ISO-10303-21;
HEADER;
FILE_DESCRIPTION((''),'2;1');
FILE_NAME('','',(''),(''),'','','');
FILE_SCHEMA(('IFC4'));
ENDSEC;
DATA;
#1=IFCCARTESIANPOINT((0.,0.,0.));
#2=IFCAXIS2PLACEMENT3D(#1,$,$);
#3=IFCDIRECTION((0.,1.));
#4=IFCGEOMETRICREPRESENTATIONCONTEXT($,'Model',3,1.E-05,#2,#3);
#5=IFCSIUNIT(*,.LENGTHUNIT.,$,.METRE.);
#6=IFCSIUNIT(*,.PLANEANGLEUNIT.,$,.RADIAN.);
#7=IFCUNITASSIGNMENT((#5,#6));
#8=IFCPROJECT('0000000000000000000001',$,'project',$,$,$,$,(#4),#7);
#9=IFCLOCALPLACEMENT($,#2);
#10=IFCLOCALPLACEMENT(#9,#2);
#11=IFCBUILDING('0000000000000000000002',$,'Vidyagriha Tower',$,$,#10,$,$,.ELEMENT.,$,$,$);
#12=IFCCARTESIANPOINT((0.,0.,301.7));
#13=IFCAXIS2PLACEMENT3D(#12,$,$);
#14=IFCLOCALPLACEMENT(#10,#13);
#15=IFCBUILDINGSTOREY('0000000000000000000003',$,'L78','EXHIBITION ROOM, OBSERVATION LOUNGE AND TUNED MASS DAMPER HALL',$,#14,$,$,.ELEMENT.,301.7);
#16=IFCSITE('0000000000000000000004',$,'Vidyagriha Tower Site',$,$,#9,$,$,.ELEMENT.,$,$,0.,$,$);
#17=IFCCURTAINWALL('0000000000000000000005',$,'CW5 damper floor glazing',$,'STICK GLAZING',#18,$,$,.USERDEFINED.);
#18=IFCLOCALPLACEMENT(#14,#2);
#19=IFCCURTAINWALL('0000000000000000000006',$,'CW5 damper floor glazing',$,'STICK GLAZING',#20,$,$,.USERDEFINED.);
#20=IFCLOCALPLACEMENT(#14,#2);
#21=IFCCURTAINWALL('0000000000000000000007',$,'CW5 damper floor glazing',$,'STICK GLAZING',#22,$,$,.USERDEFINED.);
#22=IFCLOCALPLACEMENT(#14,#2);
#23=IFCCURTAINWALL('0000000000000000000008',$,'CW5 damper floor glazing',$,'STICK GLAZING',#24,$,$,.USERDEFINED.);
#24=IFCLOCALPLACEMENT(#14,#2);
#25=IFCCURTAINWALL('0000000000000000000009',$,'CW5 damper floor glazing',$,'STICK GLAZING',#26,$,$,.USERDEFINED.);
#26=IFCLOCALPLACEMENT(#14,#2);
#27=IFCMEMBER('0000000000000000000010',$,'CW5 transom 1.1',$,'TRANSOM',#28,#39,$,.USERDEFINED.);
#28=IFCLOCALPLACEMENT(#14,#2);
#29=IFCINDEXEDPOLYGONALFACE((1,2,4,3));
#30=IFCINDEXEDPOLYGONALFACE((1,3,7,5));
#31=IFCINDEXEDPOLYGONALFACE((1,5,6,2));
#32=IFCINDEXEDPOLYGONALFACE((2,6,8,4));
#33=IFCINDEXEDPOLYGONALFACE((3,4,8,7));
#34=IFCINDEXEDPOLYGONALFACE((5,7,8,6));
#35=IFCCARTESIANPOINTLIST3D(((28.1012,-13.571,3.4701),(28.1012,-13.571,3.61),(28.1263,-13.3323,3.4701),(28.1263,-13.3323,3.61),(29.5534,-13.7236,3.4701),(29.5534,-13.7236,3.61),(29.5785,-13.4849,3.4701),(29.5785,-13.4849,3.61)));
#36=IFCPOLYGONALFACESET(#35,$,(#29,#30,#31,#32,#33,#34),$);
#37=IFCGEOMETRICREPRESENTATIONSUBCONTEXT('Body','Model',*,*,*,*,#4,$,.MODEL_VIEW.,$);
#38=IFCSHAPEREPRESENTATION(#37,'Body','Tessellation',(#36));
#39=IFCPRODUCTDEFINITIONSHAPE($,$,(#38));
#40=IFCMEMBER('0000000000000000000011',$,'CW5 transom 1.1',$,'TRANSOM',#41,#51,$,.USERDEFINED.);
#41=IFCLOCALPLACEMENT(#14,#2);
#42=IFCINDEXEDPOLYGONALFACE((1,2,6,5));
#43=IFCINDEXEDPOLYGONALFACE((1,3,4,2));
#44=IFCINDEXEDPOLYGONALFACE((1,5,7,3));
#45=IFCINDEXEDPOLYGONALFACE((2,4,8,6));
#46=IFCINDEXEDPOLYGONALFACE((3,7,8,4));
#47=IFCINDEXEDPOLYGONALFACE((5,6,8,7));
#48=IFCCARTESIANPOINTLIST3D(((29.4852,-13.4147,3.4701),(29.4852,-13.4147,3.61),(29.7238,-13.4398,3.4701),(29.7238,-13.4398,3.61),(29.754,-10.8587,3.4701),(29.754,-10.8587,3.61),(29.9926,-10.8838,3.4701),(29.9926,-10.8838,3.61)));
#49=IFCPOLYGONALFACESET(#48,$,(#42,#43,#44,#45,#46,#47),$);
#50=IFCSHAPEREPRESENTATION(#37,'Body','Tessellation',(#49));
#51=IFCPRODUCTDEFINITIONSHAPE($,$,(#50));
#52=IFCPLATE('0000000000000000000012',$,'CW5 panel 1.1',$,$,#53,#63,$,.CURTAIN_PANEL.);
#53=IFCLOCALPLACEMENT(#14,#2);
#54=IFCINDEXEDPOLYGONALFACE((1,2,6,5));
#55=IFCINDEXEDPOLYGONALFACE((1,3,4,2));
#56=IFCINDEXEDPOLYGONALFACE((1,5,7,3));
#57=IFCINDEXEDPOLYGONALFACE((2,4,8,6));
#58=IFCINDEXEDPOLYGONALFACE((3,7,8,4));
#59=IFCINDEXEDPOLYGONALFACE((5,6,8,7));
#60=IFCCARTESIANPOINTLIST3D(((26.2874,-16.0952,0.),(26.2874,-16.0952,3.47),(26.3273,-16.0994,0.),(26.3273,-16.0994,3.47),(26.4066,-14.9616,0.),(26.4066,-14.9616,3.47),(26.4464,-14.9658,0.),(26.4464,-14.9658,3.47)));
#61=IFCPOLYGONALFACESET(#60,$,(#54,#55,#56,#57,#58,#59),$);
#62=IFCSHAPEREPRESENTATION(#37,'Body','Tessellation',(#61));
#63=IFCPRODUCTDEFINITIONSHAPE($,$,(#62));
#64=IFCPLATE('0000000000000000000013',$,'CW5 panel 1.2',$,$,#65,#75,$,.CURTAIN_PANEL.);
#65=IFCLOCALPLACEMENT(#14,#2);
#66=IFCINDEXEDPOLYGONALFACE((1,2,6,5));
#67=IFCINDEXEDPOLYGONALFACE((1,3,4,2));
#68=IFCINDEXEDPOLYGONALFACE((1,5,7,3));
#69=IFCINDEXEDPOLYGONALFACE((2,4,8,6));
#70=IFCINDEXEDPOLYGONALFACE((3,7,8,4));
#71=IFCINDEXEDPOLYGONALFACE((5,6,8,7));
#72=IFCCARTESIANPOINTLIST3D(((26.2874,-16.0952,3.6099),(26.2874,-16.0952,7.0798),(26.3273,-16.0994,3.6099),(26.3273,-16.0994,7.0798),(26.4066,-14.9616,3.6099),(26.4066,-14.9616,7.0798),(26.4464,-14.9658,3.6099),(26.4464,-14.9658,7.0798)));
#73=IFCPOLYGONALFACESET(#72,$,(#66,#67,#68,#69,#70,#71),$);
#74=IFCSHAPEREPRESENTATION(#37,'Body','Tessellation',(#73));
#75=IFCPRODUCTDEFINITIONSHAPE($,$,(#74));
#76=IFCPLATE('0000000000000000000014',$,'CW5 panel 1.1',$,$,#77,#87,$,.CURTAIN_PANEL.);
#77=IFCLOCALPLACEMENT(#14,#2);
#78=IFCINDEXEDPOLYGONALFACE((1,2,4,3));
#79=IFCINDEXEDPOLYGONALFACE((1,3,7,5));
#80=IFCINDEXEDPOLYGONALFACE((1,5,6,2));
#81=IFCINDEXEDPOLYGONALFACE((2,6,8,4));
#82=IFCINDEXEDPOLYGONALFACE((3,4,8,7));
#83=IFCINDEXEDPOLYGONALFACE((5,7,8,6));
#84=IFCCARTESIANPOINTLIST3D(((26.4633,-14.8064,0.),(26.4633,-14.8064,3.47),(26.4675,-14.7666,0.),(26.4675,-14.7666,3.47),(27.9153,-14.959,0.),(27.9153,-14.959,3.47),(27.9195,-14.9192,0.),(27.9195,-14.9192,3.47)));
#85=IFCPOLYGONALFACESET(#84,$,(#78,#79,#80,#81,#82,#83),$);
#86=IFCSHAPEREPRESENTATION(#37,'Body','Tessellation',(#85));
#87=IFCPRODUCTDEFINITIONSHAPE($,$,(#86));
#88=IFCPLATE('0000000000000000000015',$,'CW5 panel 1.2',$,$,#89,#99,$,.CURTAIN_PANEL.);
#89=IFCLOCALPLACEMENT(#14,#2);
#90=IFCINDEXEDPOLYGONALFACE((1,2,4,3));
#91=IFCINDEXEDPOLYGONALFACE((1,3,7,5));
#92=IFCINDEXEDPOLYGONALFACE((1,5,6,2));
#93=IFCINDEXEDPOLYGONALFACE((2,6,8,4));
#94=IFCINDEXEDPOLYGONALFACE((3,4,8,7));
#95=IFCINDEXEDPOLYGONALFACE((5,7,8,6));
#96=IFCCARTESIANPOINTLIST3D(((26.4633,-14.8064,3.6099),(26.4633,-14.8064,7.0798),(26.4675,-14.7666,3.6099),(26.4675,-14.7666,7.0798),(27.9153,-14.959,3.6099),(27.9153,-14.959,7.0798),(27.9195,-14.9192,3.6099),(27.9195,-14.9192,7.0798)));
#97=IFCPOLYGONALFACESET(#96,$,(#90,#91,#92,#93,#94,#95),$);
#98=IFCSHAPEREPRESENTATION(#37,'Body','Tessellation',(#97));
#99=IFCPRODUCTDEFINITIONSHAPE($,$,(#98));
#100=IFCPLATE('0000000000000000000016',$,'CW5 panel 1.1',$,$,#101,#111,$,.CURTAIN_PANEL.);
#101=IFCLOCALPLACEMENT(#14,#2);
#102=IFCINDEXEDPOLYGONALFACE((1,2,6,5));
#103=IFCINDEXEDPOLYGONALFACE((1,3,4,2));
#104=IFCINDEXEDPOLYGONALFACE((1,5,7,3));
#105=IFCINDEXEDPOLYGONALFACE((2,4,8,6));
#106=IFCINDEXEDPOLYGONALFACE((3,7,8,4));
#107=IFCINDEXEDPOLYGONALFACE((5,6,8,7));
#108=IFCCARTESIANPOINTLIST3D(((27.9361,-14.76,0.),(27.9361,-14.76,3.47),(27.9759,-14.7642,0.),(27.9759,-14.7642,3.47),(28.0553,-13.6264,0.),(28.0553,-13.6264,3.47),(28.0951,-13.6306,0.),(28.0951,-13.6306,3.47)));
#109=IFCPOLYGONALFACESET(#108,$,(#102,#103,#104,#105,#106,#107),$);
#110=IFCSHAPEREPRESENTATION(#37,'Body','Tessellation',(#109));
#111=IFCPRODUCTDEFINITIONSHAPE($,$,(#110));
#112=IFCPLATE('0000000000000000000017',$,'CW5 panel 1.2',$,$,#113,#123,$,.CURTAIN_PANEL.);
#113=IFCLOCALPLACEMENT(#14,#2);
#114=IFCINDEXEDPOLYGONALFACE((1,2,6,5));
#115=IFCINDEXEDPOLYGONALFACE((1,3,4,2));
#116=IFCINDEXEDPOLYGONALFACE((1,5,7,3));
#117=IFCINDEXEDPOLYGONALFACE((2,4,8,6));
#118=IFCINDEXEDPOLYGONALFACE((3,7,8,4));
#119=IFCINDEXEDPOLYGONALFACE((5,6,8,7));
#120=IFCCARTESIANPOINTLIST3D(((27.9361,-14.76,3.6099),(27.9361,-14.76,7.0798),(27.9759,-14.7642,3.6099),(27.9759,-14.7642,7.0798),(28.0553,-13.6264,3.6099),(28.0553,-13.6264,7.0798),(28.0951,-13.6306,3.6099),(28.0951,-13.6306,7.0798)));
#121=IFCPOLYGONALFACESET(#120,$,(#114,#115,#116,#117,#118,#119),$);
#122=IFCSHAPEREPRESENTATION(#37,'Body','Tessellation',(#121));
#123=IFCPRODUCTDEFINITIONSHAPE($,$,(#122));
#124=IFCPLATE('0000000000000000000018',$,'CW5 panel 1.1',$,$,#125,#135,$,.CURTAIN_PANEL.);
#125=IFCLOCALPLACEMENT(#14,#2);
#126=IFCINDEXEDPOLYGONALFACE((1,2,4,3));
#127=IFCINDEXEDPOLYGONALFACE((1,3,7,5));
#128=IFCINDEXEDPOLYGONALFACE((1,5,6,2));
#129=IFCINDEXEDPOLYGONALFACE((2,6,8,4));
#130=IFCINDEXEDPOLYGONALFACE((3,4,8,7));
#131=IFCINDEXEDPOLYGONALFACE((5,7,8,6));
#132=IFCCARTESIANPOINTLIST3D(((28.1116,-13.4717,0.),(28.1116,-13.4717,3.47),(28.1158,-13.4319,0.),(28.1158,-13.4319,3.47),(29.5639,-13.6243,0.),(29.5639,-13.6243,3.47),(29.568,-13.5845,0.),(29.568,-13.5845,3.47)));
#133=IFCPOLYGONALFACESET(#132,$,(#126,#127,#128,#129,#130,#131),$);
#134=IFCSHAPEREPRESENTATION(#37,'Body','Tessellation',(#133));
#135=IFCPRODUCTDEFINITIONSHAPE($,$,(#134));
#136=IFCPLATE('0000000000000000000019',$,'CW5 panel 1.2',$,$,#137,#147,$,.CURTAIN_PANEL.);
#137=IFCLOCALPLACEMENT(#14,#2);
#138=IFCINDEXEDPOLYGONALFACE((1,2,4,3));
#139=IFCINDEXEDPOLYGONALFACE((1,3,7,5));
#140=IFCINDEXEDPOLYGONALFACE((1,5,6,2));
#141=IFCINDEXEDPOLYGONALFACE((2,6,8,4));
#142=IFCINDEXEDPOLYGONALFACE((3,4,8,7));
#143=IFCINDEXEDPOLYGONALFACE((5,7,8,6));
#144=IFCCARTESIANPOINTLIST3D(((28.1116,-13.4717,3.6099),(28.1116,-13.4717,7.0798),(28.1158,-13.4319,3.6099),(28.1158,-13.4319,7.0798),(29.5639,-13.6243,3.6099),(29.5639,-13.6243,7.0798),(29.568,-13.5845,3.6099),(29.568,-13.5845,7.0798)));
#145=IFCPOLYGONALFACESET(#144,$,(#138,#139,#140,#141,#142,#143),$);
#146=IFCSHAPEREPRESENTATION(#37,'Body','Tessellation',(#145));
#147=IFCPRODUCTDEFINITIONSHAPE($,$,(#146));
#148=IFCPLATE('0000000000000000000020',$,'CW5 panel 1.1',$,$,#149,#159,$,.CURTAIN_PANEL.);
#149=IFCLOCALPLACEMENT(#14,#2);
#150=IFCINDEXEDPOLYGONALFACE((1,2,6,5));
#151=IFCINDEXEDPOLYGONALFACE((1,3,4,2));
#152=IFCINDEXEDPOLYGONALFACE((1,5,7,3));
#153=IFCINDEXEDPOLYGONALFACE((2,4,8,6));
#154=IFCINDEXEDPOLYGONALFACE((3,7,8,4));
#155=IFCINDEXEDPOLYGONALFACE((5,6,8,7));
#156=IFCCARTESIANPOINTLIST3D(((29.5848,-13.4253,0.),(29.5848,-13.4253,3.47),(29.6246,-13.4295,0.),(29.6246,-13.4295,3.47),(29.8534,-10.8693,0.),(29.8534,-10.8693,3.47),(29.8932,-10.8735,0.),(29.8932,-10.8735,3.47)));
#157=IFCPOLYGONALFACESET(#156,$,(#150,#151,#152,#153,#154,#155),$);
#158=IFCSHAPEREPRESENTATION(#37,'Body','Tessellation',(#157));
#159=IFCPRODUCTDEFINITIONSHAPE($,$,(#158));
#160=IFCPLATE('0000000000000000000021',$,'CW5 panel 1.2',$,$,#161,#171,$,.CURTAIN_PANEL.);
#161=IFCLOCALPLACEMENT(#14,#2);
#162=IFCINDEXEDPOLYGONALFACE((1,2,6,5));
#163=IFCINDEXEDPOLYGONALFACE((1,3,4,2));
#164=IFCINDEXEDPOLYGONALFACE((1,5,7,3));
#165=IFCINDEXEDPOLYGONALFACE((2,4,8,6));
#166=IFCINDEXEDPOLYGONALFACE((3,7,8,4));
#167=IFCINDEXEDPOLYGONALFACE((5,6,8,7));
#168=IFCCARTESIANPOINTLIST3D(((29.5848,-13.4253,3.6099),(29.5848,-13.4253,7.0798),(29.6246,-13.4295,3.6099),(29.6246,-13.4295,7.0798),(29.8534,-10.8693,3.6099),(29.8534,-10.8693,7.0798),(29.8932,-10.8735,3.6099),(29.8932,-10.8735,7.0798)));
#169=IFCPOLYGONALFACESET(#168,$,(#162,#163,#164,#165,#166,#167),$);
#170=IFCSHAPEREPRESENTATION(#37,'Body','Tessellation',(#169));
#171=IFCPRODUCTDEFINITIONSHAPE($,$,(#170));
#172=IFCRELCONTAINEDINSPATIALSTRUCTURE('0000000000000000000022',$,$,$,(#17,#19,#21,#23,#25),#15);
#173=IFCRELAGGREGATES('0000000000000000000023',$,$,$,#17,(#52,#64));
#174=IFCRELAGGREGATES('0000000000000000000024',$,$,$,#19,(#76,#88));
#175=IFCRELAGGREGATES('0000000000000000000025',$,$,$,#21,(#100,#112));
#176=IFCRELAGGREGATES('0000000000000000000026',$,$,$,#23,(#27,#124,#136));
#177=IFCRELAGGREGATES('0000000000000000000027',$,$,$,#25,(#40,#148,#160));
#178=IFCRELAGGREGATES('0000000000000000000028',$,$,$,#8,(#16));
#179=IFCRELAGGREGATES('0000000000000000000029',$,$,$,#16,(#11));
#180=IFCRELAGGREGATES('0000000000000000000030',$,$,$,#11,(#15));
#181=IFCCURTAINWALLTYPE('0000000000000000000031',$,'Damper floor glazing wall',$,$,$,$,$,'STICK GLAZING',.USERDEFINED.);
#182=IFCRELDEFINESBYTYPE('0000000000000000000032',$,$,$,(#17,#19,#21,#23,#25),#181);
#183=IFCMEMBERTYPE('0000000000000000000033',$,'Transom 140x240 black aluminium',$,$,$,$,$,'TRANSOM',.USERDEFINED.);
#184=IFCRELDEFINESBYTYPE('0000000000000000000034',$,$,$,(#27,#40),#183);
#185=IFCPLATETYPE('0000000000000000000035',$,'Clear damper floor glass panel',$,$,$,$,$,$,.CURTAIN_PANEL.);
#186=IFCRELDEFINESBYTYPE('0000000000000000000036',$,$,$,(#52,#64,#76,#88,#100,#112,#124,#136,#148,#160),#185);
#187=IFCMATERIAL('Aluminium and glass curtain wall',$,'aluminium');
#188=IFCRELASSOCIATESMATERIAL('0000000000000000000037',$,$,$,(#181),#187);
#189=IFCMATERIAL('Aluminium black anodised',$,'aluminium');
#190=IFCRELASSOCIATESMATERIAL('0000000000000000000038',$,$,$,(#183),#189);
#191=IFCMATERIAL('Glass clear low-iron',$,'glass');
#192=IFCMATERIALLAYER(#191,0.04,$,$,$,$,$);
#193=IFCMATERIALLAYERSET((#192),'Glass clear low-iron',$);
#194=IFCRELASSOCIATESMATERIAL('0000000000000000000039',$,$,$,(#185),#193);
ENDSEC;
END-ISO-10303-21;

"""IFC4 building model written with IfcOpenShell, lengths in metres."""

from ifc_helpers import new_model, si_unit, direction, frame, origin, origin_2d, place, context, subcontext, project, spatial, rectangle, extrude, material, layer, layer_set, material_profile, profile_set, type_object, element, aggregate, save


model = new_model("IFC4")

# Units and contexts
model_context = context("Model", 3, precision=1e-05, world=origin(), true_north=direction((0.0, 1.0)))
body_context = subcontext(model_context, "Body", "Model", "MODEL_VIEW")
ifc_project = project(units=[si_unit("LENGTHUNIT", "METRE"), si_unit("PLANEANGLEUNIT", "RADIAN")], contexts=[model_context])

# Site, building, storey
site_placement = place(None, origin())
site = spatial("IfcSite", under=ifc_project, at=site_placement, Name="Vidyagriha Tower Site", CompositionType="ELEMENT", RefElevation=0.0)
building_placement = place(site_placement, origin())
building = spatial("IfcBuilding", under=site, at=building_placement, Name="Vidyagriha Tower", CompositionType="ELEMENT")
storey_placement = place(building_placement, frame((0.0, 0.0, 301.7)))
storey = spatial("IfcBuildingStorey", under=building, at=storey_placement, Name="L78", Description="EXHIBITION ROOM, OBSERVATION LOUNGE AND TUNED MASS DAMPER HALL", CompositionType="ELEMENT", Elevation=301.7)

# Curtain wall
ifc_material_1 = material(Name="Aluminium and glass curtain wall", Category="aluminium")
curtain_wall_type = type_object("IfcCurtainWallType", Name="Damper floor glazing wall", ElementType="STICK GLAZING", PredefinedType="USERDEFINED", material=ifc_material_1)
curtain_wall_1_placement = place(storey_placement, origin())
curtain_wall_1 = element("IfcCurtainWall", 1, at=curtain_wall_1_placement, inside=storey, type_object=curtain_wall_type, Name="CW5 damper floor glazing", ObjectType="STICK GLAZING", PredefinedType="USERDEFINED")

# Curtain walls
curtain_wall_2_placement = place(storey_placement, origin())
curtain_wall_2 = element("IfcCurtainWall", 2, at=curtain_wall_2_placement, inside=storey, type_object=curtain_wall_type, Name="CW5 damper floor glazing", ObjectType="STICK GLAZING", PredefinedType="USERDEFINED")
curtain_wall_3_placement = place(storey_placement, origin())
curtain_wall_3 = element("IfcCurtainWall", 3, at=curtain_wall_3_placement, inside=storey, type_object=curtain_wall_type, Name="CW5 damper floor glazing", ObjectType="STICK GLAZING", PredefinedType="USERDEFINED")
curtain_wall_4_placement = place(storey_placement, origin())
curtain_wall_4 = element("IfcCurtainWall", 4, at=curtain_wall_4_placement, inside=storey, type_object=curtain_wall_type, Name="CW5 damper floor glazing", ObjectType="STICK GLAZING", PredefinedType="USERDEFINED")

# Curtain wall
curtain_wall_5_placement = place(storey_placement, origin())
curtain_wall_5 = element("IfcCurtainWall", 5, at=curtain_wall_5_placement, inside=storey, type_object=curtain_wall_type, Name="CW5 damper floor glazing", ObjectType="STICK GLAZING", PredefinedType="USERDEFINED")

# Members
ifc_material_2 = material(Name="Aluminium black anodised", Category="aluminium")
ifc_material_profile_1 = material_profile(ifc_material_2, rectangle(XDim=0.24, YDim=0.1399, at=origin_2d()), Name="Transom 140x240 black aluminium")
ifc_profile_set_1 = profile_set([ifc_material_profile_1], Name="Aluminium black anodised")
member_type_1 = type_object("IfcMemberType", Name="Transom 140x240 black aluminium", ElementType="TRANSOM", PredefinedType="USERDEFINED", material=ifc_profile_set_1)
member_1_placement = place(storey_placement, frame((28.1138, -13.4517, 3.54), z_axis=(0.994525, -0.104502, 0.0), x_axis=(0.104502, 0.994525, 0.0)))
member_1 = element("IfcMember", 6, at=member_1_placement, type_object=member_type_1, Name="CW5 transom 1.1", ObjectType="TRANSOM", PredefinedType="USERDEFINED", context=body_context, shape_type="SweptSolid", body=[
    extrude(rectangle(XDim=0.24, YDim=0.1399, at=origin_2d()), origin(), (0.0, 0.0, 1.0), 1.4602),
])
member_2_placement = place(storey_placement, frame((29.6045, -13.4272, 3.54), z_axis=(0.104591, 0.994515, 0.0), x_axis=(-0.994515, 0.104591, 0.0)))
member_2 = element("IfcMember", 7, at=member_2_placement, type_object=member_type_1, Name="CW5 transom 1.1", ObjectType="TRANSOM", PredefinedType="USERDEFINED", context=body_context, shape_type="SweptSolid", body=[
    extrude(rectangle(XDim=0.24, YDim=0.1399, at=origin_2d()), origin(), (0.0, 0.0, 1.0), 2.5701),
])

# Plates
ifc_material_3 = material(Name="Glass clear low-iron", Category="glass")
ifc_layer = layer(ifc_material_3, 0.04)
ifc_layer_set = layer_set([ifc_layer], Name="Glass clear low-iron")
plate_type = type_object("IfcPlateType", Name="Clear damper floor glass panel", PredefinedType="CURTAIN_PANEL", material=ifc_layer_set)
plate_1_placement = place(storey_placement, frame((26.3669, -15.5305, 0.0), z_axis=(0.0, 0.0, 1.0), x_axis=(0.104549, 0.99452, 0.0)))
plate_1 = element("IfcPlate", 8, at=plate_1_placement, type_object=plate_type, Name="CW5 panel 1.1", PredefinedType="CURTAIN_PANEL", context=body_context, shape_type="SweptSolid", body=[
    extrude(rectangle(XDim=1.1399, YDim=0.04, at=origin_2d()), origin(), (0.0, 0.0, 1.0), 3.47),
])
plate_2_placement = place(storey_placement, frame((26.3669, -15.5305, 3.6099), z_axis=(0.0, 0.0, 1.0), x_axis=(0.104549, 0.99452, 0.0)))
plate_2 = element("IfcPlate", 9, at=plate_2_placement, type_object=plate_type, Name="CW5 panel 1.2", PredefinedType="CURTAIN_PANEL", context=body_context, shape_type="SweptSolid", body=[
    extrude(rectangle(XDim=1.1399, YDim=0.04, at=origin_2d()), origin(), (0.0, 0.0, 1.0), 3.47),
])
aggregate(curtain_wall_1, [plate_1, plate_2])
plate_3_placement = place(storey_placement, frame((27.1914, -14.8628, 0.0), z_axis=(0.0, 0.0, 1.0), x_axis=(0.994523, -0.104519, 0.0)))
plate_3 = element("IfcPlate", 10, at=plate_3_placement, type_object=plate_type, Name="CW5 panel 1.1", PredefinedType="CURTAIN_PANEL", context=body_context, shape_type="SweptSolid", body=[
    extrude(rectangle(XDim=1.46, YDim=0.04, at=origin_2d()), origin(), (0.0, 0.0, 1.0), 3.47),
])
plate_4_placement = place(storey_placement, frame((27.1914, -14.8628, 3.6099), z_axis=(0.0, 0.0, 1.0), x_axis=(0.994523, -0.104519, 0.0)))
plate_4 = element("IfcPlate", 11, at=plate_4_placement, type_object=plate_type, Name="CW5 panel 1.2", PredefinedType="CURTAIN_PANEL", context=body_context, shape_type="SweptSolid", body=[
    extrude(rectangle(XDim=1.46, YDim=0.04, at=origin_2d()), origin(), (0.0, 0.0, 1.0), 3.47),
])
aggregate(curtain_wall_2, [plate_3, plate_4])
plate_5_placement = place(storey_placement, frame((28.0156, -14.1953, 0.0), z_axis=(0.0, 0.0, 1.0), x_axis=(0.104549, 0.99452, 0.0)))
plate_5 = element("IfcPlate", 12, at=plate_5_placement, type_object=plate_type, Name="CW5 panel 1.1", PredefinedType="CURTAIN_PANEL", context=body_context, shape_type="SweptSolid", body=[
    extrude(rectangle(XDim=1.1399, YDim=0.04, at=origin_2d()), origin(), (0.0, 0.0, 1.0), 3.47),
])
plate_6_placement = place(storey_placement, frame((28.0156, -14.1953, 3.6099), z_axis=(0.0, 0.0, 1.0), x_axis=(0.104549, 0.99452, 0.0)))
plate_6 = element("IfcPlate", 13, at=plate_6_placement, type_object=plate_type, Name="CW5 panel 1.2", PredefinedType="CURTAIN_PANEL", context=body_context, shape_type="SweptSolid", body=[
    extrude(rectangle(XDim=1.1399, YDim=0.04, at=origin_2d()), origin(), (0.0, 0.0, 1.0), 3.47),
])
aggregate(curtain_wall_3, [plate_5, plate_6])
plate_7_placement = place(storey_placement, frame((28.8398, -13.5281, 0.0), z_axis=(0.0, 0.0, 1.0), x_axis=(0.994524, -0.104512, 0.0)))
plate_7 = element("IfcPlate", 14, at=plate_7_placement, type_object=plate_type, Name="CW5 panel 1.1", PredefinedType="CURTAIN_PANEL", context=body_context, shape_type="SweptSolid", body=[
    extrude(rectangle(XDim=1.4602, YDim=0.04, at=origin_2d()), origin(), (0.0, 0.0, 1.0), 3.47),
])
plate_8_placement = place(storey_placement, frame((28.8398, -13.5281, 3.6099), z_axis=(0.0, 0.0, 1.0), x_axis=(0.994524, -0.104512, 0.0)))
plate_8 = element("IfcPlate", 15, at=plate_8_placement, type_object=plate_type, Name="CW5 panel 1.2", PredefinedType="CURTAIN_PANEL", context=body_context, shape_type="SweptSolid", body=[
    extrude(rectangle(XDim=1.4602, YDim=0.04, at=origin_2d()), origin(), (0.0, 0.0, 1.0), 3.47),
])
aggregate(curtain_wall_4, [member_1, plate_7, plate_8])
plate_9_placement = place(storey_placement, frame((29.739, -12.1494, 0.0), z_axis=(0.0, 0.0, 1.0), x_axis=(0.104527, 0.994522, 0.0)))
plate_9 = element("IfcPlate", 16, at=plate_9_placement, type_object=plate_type, Name="CW5 panel 1.1", PredefinedType="CURTAIN_PANEL", context=body_context, shape_type="SweptSolid", body=[
    extrude(rectangle(XDim=2.5701, YDim=0.04, at=origin_2d()), origin(), (0.0, 0.0, 1.0), 3.47),
])
plate_10_placement = place(storey_placement, frame((29.739, -12.1494, 3.6099), z_axis=(0.0, 0.0, 1.0), x_axis=(0.104527, 0.994522, 0.0)))
plate_10 = element("IfcPlate", 17, at=plate_10_placement, type_object=plate_type, Name="CW5 panel 1.2", PredefinedType="CURTAIN_PANEL", context=body_context, shape_type="SweptSolid", body=[
    extrude(rectangle(XDim=2.5701, YDim=0.04, at=origin_2d()), origin(), (0.0, 0.0, 1.0), 3.47),
])
aggregate(curtain_wall_5, [member_2, plate_9, plate_10])

save(model, "model.ifc")
